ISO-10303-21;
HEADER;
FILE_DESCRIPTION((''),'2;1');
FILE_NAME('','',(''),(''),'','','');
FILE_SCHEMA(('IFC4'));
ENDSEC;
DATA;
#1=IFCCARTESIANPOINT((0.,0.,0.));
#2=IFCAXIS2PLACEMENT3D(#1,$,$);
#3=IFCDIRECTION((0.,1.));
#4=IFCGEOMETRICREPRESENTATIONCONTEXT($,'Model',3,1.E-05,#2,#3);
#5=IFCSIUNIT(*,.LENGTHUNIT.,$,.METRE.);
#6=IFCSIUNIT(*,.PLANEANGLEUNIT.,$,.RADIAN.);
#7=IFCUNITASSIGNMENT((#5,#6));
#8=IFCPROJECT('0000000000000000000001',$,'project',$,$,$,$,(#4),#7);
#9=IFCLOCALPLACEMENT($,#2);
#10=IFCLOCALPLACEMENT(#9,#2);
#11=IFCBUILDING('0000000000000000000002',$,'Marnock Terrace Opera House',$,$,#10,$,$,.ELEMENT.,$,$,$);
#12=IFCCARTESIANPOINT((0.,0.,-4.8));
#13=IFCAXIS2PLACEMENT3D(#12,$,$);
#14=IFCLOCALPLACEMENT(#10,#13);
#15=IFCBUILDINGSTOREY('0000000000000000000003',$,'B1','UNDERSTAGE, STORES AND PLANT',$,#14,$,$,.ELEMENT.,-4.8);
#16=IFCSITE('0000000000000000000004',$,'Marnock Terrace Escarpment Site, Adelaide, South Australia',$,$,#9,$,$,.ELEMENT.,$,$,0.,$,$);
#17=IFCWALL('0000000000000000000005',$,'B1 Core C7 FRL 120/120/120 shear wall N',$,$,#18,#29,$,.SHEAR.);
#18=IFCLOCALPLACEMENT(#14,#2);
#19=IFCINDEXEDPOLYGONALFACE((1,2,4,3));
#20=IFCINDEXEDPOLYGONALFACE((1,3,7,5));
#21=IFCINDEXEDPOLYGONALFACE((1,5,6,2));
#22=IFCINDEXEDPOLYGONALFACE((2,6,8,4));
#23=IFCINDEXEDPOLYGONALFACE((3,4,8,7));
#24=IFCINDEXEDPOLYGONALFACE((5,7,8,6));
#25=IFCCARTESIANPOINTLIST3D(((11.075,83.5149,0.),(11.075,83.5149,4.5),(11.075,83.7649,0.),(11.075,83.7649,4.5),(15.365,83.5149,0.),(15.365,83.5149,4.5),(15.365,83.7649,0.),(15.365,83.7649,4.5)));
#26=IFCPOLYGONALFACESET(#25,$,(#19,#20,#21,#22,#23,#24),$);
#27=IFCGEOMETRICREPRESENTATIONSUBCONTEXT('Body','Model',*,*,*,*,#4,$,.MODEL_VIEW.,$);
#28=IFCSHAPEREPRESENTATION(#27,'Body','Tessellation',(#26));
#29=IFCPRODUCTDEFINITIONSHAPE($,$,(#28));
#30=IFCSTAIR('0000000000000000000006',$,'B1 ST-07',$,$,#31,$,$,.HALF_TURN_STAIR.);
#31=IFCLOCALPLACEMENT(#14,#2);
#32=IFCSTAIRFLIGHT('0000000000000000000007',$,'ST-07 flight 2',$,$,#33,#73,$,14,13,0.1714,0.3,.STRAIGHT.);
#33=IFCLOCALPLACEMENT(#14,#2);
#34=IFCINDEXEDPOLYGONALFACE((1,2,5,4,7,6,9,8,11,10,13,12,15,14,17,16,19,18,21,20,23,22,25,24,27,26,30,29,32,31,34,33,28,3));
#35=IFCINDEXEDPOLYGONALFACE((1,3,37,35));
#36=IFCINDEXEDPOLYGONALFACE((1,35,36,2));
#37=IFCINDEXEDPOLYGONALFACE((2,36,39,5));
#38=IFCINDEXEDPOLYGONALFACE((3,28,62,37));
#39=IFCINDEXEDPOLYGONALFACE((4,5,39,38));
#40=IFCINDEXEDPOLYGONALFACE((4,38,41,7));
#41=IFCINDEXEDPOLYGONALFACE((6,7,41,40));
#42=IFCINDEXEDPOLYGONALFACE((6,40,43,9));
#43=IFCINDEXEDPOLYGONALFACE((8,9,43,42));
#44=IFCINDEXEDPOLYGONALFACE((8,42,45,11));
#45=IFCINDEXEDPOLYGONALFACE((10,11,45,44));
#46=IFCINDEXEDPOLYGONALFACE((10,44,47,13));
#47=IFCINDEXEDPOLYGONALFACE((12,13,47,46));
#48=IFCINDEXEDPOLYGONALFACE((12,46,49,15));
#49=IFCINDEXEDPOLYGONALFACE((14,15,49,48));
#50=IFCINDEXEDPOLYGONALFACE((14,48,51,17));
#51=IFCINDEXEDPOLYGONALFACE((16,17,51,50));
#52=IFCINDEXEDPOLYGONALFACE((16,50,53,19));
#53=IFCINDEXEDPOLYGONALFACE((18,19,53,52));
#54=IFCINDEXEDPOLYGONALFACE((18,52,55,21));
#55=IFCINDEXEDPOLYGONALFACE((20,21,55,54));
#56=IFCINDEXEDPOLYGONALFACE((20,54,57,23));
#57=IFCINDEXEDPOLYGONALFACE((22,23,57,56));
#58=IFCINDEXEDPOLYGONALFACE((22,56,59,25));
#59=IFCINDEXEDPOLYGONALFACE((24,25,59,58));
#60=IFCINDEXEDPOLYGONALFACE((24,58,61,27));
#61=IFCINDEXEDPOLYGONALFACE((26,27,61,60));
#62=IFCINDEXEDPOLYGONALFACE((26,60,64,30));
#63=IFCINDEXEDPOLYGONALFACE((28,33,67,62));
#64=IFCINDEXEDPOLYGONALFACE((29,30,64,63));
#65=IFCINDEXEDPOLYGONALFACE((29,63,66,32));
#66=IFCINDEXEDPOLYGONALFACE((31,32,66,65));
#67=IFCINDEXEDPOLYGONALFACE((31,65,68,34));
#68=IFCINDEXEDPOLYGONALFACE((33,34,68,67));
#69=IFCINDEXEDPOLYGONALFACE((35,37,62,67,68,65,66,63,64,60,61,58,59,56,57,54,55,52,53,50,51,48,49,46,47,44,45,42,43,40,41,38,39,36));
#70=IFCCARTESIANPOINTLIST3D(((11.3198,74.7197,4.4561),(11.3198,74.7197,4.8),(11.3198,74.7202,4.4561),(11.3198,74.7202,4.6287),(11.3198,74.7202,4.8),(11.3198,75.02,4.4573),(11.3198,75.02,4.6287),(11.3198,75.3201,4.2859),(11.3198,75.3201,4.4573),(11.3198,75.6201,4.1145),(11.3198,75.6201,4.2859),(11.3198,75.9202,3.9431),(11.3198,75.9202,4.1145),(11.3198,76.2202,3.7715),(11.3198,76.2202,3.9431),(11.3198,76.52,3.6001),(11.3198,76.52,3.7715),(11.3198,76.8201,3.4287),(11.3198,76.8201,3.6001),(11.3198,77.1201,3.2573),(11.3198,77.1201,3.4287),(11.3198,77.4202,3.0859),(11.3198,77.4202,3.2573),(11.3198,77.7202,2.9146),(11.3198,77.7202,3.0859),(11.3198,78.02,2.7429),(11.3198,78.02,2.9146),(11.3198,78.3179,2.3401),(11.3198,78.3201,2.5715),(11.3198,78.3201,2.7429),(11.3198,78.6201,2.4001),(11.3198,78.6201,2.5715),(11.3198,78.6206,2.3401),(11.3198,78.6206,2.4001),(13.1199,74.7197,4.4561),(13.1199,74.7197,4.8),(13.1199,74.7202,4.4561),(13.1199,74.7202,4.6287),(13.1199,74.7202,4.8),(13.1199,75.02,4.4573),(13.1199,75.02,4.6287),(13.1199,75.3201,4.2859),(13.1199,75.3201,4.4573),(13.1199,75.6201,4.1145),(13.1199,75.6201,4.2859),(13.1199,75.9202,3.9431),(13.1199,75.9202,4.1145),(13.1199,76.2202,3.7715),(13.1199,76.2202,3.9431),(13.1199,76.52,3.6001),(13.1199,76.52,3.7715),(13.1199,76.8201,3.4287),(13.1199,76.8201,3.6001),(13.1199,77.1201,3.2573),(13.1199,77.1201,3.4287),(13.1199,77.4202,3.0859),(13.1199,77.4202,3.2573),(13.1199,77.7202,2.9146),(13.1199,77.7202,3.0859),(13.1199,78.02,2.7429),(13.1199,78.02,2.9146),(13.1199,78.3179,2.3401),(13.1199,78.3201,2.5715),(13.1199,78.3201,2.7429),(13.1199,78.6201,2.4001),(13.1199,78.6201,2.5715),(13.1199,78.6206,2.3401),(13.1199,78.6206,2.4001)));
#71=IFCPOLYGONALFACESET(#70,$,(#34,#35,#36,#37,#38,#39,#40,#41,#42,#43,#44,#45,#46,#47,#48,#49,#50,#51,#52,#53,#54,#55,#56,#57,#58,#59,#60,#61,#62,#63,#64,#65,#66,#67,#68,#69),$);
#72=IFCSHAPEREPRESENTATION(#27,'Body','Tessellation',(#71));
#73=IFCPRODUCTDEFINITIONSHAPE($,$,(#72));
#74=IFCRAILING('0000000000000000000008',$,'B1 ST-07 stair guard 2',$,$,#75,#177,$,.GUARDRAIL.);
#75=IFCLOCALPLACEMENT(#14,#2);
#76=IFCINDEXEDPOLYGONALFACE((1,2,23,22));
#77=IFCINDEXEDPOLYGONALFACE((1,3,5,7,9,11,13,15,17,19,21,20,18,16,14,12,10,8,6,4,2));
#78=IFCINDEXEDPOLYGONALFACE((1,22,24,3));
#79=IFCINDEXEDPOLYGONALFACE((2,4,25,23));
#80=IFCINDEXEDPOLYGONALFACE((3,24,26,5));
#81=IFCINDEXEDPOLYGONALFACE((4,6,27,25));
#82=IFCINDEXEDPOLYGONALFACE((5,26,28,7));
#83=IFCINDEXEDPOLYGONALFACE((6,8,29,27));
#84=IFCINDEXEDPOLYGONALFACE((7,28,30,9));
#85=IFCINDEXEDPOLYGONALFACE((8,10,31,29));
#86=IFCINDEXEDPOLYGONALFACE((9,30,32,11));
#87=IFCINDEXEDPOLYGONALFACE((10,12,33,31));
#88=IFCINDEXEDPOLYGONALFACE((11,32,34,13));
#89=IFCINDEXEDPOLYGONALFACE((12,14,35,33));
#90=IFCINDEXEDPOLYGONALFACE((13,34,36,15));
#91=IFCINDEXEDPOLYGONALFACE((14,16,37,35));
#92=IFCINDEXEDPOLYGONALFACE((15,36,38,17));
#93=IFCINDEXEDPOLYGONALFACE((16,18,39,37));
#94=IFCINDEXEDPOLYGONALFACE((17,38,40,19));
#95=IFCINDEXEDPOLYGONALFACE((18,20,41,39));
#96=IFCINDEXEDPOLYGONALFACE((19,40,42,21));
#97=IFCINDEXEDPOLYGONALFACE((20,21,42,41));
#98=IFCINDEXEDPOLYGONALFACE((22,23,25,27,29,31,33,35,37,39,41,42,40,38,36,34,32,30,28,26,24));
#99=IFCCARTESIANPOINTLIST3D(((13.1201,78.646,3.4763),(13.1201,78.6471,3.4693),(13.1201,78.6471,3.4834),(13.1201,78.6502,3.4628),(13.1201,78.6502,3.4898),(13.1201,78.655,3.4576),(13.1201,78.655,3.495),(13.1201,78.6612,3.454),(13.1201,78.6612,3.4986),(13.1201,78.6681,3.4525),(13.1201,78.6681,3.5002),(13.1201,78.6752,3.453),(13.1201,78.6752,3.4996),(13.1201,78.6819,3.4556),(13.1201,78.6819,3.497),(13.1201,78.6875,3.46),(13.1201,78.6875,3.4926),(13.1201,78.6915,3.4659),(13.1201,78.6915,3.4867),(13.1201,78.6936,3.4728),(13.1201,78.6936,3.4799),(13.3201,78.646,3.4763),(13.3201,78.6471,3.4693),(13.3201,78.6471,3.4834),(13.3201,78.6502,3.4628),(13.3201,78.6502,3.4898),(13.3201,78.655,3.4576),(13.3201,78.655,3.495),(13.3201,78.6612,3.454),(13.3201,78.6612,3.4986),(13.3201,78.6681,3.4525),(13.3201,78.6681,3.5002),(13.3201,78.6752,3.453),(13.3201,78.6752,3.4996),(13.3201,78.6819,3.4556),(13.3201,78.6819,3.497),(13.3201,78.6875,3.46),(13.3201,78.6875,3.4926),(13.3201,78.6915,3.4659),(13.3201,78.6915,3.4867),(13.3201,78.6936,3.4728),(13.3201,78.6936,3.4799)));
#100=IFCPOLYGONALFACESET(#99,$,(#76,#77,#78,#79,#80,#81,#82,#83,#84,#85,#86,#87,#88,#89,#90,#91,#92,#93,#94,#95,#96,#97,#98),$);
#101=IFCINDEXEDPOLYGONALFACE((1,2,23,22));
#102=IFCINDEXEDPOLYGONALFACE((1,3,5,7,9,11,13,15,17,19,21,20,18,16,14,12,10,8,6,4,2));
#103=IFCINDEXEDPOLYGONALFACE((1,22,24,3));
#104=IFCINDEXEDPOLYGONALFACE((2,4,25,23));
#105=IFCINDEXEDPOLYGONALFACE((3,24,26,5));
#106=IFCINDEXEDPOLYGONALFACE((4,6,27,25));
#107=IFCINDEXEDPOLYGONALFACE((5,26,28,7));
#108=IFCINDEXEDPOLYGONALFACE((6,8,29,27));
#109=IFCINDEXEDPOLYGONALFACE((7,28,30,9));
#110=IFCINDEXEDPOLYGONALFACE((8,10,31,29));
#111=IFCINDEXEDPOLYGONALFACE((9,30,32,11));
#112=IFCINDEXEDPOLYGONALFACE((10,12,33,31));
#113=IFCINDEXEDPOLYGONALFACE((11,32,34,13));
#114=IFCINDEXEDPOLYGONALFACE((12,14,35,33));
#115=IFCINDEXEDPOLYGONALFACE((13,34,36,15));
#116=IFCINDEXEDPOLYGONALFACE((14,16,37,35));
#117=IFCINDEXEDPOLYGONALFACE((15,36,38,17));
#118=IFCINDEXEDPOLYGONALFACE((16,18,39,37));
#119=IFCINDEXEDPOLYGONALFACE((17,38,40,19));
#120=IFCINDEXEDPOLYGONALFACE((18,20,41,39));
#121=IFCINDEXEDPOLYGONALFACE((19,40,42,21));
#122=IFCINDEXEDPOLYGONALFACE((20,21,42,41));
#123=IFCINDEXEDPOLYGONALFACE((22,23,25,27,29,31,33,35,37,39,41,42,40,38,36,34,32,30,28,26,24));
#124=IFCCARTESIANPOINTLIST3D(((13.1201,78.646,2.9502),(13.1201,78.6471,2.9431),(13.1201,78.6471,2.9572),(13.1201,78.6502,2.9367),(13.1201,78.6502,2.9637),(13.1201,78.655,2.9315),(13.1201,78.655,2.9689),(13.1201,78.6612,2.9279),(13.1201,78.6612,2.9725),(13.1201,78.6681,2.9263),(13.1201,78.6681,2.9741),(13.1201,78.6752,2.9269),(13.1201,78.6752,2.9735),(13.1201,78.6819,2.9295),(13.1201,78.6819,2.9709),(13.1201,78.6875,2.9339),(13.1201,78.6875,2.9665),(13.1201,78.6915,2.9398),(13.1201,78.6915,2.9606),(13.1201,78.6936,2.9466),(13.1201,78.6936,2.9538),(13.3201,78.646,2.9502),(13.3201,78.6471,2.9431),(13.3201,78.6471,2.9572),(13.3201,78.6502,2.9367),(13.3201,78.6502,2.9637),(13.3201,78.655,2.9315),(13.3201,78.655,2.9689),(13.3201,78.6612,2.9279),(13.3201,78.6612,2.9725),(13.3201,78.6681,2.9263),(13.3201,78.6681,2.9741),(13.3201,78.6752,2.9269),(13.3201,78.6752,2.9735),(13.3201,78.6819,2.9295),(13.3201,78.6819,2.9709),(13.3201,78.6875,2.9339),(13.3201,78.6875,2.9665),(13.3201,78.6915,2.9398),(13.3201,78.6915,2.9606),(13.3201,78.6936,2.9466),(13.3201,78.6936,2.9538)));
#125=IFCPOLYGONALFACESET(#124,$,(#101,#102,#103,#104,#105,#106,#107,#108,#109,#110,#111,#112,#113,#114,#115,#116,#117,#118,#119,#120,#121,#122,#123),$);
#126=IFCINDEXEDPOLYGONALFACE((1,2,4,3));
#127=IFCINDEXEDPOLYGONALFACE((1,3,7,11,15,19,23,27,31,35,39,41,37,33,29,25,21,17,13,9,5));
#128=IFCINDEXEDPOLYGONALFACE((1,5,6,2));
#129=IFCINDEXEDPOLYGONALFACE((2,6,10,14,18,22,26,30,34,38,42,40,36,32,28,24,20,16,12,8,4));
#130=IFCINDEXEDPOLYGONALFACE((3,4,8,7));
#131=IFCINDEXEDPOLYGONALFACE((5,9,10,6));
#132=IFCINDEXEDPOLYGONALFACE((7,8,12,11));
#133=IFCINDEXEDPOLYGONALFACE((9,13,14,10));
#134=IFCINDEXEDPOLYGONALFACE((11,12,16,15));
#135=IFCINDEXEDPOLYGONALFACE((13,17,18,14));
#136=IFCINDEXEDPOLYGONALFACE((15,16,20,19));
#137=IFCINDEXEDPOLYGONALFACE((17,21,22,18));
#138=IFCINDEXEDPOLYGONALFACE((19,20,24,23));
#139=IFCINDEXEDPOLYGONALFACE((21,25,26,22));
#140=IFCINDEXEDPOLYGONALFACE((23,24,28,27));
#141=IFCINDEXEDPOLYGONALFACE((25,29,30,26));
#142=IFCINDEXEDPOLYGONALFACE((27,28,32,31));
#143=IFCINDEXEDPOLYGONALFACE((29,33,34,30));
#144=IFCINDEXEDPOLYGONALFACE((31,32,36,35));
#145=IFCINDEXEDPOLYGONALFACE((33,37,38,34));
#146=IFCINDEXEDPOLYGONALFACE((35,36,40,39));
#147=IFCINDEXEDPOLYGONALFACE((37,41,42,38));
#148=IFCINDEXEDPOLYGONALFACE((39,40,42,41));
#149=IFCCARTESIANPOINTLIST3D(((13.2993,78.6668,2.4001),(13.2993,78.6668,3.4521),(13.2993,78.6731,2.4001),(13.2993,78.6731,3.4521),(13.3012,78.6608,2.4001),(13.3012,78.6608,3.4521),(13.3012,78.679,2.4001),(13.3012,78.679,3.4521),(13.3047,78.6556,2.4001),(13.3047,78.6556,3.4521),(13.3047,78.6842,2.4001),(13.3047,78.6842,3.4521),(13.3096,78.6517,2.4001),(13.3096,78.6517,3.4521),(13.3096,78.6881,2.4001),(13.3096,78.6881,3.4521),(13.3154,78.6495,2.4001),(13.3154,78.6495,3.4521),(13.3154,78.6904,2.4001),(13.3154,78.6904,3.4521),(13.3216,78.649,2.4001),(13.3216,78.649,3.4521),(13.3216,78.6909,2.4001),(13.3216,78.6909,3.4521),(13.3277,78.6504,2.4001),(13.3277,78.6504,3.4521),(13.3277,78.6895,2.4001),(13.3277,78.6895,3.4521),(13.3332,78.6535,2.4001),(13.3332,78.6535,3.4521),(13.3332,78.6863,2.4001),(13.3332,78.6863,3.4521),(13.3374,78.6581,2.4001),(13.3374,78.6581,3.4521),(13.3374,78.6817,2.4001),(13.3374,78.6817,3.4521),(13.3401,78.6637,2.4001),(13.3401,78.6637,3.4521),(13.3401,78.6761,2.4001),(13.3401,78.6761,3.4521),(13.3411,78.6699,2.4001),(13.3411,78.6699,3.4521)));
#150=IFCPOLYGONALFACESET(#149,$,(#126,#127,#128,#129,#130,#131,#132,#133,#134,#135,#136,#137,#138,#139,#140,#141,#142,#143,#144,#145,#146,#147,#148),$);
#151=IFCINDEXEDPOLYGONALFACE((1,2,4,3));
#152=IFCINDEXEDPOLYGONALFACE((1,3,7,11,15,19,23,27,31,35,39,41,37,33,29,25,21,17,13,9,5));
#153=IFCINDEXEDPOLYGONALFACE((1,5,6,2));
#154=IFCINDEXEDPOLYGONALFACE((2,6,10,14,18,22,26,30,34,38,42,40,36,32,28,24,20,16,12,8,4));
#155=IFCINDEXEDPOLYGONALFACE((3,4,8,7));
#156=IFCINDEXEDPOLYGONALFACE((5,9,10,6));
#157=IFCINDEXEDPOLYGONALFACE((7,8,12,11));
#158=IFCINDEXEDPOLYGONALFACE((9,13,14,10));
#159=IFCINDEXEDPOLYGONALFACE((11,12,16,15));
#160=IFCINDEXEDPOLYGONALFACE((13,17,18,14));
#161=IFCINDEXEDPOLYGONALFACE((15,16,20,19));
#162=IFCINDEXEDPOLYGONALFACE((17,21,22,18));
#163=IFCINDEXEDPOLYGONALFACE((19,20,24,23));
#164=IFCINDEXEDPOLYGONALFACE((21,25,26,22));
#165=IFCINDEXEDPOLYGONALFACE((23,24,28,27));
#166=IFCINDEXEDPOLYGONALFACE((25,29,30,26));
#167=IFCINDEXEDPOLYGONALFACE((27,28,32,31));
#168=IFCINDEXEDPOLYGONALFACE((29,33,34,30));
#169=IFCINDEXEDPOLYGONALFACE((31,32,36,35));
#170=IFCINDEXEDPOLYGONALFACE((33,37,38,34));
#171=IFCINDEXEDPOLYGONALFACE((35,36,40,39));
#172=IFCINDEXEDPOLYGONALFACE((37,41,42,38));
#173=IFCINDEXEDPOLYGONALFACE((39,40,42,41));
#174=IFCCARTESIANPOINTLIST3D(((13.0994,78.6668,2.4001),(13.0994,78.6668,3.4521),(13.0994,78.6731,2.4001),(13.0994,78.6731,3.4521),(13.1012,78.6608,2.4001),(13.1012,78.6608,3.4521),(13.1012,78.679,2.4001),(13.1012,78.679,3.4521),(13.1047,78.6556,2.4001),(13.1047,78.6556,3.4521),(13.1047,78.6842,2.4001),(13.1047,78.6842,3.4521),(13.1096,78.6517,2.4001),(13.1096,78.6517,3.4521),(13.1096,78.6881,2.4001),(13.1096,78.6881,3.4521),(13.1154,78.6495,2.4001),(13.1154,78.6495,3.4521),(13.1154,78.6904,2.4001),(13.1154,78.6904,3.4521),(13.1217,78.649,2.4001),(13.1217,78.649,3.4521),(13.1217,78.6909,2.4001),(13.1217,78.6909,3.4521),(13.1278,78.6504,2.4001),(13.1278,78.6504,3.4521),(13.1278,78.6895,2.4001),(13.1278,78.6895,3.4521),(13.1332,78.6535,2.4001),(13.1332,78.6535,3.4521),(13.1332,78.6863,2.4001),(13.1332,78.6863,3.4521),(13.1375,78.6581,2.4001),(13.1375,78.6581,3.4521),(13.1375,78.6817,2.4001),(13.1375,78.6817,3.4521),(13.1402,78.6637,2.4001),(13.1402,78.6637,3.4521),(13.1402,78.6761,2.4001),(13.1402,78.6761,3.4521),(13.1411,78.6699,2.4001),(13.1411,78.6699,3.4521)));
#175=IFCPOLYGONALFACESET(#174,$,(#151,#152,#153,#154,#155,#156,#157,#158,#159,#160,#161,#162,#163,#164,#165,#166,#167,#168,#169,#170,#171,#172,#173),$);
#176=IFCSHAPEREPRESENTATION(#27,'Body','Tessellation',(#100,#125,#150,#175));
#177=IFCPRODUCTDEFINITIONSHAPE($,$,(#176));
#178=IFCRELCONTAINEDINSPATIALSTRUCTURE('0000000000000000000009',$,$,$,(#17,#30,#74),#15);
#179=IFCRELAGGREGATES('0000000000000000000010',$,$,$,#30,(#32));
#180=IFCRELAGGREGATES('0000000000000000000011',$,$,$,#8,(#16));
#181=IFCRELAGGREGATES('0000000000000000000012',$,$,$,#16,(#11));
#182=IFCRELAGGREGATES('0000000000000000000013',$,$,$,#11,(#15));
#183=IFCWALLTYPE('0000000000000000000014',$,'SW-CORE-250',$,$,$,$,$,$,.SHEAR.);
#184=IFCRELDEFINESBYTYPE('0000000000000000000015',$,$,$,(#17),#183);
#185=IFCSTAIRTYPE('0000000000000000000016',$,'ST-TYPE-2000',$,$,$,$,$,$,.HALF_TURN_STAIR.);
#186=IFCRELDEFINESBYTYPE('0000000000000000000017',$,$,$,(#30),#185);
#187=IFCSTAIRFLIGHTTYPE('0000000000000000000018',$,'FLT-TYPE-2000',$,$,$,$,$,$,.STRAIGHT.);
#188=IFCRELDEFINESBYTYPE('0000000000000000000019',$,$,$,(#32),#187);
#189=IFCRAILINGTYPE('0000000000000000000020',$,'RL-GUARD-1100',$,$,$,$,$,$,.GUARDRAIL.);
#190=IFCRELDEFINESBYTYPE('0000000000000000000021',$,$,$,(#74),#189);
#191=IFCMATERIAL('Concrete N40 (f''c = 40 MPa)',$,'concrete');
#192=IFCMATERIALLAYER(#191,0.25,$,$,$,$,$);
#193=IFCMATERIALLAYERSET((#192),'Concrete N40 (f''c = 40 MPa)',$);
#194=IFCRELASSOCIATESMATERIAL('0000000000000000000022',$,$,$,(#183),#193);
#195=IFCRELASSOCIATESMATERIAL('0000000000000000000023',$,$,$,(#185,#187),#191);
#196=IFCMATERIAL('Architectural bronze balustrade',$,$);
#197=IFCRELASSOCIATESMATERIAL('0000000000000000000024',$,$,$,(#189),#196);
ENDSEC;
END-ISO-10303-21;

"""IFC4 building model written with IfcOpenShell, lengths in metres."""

from ifc_helpers import new_model, si_unit, direction, frame, frame_2d, origin, origin_2d, place, context, subcontext, project, spatial, polyline, rectangle, circle, outline, extrude, material, layer, layer_set, type_object, element, aggregate, save


model = new_model("IFC4")

# Units and contexts
model_context = context("Model", 3, precision=1e-05, world=origin(), true_north=direction((0.0, 1.0)))
body_context = subcontext(model_context, "Body", "Model", "MODEL_VIEW")
ifc_project = project(units=[si_unit("LENGTHUNIT", "METRE"), si_unit("PLANEANGLEUNIT", "RADIAN")], contexts=[model_context])

# Site, building, storey
site_placement = place(None, origin())
site = spatial("IfcSite", under=ifc_project, at=site_placement, Name="Marnock Terrace Escarpment Site, Adelaide, South Australia", CompositionType="ELEMENT", RefElevation=0.0)
building_placement = place(site_placement, origin())
building = spatial("IfcBuilding", under=site, at=building_placement, Name="Marnock Terrace Opera House", CompositionType="ELEMENT")
storey_placement = place(building_placement, frame((0.0, 0.0, -4.8)))
storey = spatial("IfcBuildingStorey", under=building, at=storey_placement, Name="B1", Description="UNDERSTAGE, STORES AND PLANT", CompositionType="ELEMENT", Elevation=-4.8)

# Shared definitions
ifc_material_1 = material(Name="Concrete N40 (f'c = 40 MPa)", Category="concrete")

# Wall
ifc_layer_1 = layer(ifc_material_1, 0.25)
ifc_layer_set_1 = layer_set([ifc_layer_1], Name="Concrete N40 (f'c = 40 MPa)")
wall_type_1 = type_object("IfcWallType", Name="SW-CORE-250", PredefinedType="SHEAR", material=ifc_layer_set_1)
wall_1_placement = place(storey_placement, frame((11.075, 83.6399, 0.0), z_axis=(0.0, 0.0, 1.0), x_axis=(1.0, 0.0, 0.0)))
element("IfcWall", 1, at=wall_1_placement, inside=storey, type_object=wall_type_1, Name="B1 Core C7 FRL 120/120/120 shear wall N", PredefinedType="SHEAR", context=body_context, shape_type="SweptSolid", body=[
    extrude(rectangle(XDim=4.29, YDim=0.25, at=frame_2d((2.145, 0.0))), origin(), (0.0, 0.0, 1.0), 4.5),
])

# Stair, stair flight
stair_type = type_object("IfcStairType", Name="ST-TYPE-2000", PredefinedType="HALF_TURN_STAIR", material=ifc_material_1)
stair_placement = place(storey_placement, origin())
stair = element("IfcStair", 2, at=stair_placement, inside=storey, type_object=stair_type, Name="B1 ST-07", PredefinedType="HALF_TURN_STAIR")
stair_flight_type = type_object("IfcStairFlightType", Name="FLT-TYPE-2000", PredefinedType="STRAIGHT", material=ifc_material_1)
stair_flight_placement = place(storey_placement, frame((12.22, 78.6201, 2.4001), z_axis=(0.0, 0.0, 1.0), x_axis=(0.0, -1.0, 0.0)))
stair_flight = element("IfcStairFlight", 3, at=stair_flight_placement, type_object=stair_flight_type, Name="ST-07 flight 2", NumberOfRisers=14, NumberOfTreads=13, PredefinedType="STRAIGHT", RiserHeight=0.1714, TreadLength=0.3, context=body_context, shape_type="SweptSolid", body=[
    extrude(outline(polyline([(-0.0005, -0.0601), (-0.0005, 0.0), (0.0, 0.0), (0.0, 0.1714), (0.3, 0.1714), (0.3, 0.3428), (0.6001, 0.3428), (0.6001, 0.5144), (0.8999, 0.5144), (0.8999, 0.6858), (1.2, 0.6858), (1.2, 0.8572), (1.5, 0.8572), (1.5, 1.0286), (1.8, 1.0286), (1.8, 1.2), (2.1001, 1.2), (2.1001, 1.3713), (2.3999, 1.3713), (2.3999, 1.543), (2.7, 1.543), (2.7, 1.7144), (3.0, 1.7144), (3.0, 1.8857), (3.3, 1.8857), (3.3, 2.0571), (3.6001, 2.0571), (3.6001, 2.2285), (3.8999, 2.2285), (3.8999, 2.3999), (3.9004, 2.3999), (3.9004, 2.0559), (3.8999, 2.0559), (0.3022, -0.0601), (-0.0005, -0.0601)])), frame((0.0, 0.8999, 0.0), z_axis=(0.0, -1.0, 0.0), x_axis=(1.0, 0.0, 0.0)), (0.0, 0.0, 1.0), 1.8),
])
aggregate(stair, [stair_flight])

# Railing
ifc_material_2 = material(Name="Architectural bronze balustrade")
railing_type_1 = type_object("IfcRailingType", Name="RL-GUARD-1100", PredefinedType="GUARDRAIL", material=ifc_material_2)
railing_1_placement = place(storey_placement, frame((13.3201, 78.6699, 2.4001)))
element("IfcRailing", 4, at=railing_1_placement, inside=storey, type_object=railing_type_1, Name="B1 ST-07 stair guard 2", PredefinedType="GUARDRAIL", context=body_context, shape_type="SweptSolid", body=[
    extrude(circle(Radius=0.0239, at=origin_2d()), frame((0.0, 0.0, 1.0762), z_axis=(-1.0, 0.0, 0.0), x_axis=(0.0, -1.0, 0.0)), (0.0, 0.0, 1.0), 0.2),
    extrude(circle(Radius=0.0239, at=origin_2d()), frame((0.0, 0.0, 0.55), z_axis=(-1.0, 0.0, 0.0), x_axis=(0.0, -1.0, 0.0)), (0.0, 0.0, 1.0), 0.2),
    extrude(circle(Radius=0.021, at=origin_2d()), origin(), (0.0, 0.0, 1.0), 1.052),
    extrude(circle(Radius=0.021, at=origin_2d()), frame((-0.2, 0.0, 0.0)), (0.0, 0.0, 1.0), 1.052),
])

save(model, "model.ifc")
